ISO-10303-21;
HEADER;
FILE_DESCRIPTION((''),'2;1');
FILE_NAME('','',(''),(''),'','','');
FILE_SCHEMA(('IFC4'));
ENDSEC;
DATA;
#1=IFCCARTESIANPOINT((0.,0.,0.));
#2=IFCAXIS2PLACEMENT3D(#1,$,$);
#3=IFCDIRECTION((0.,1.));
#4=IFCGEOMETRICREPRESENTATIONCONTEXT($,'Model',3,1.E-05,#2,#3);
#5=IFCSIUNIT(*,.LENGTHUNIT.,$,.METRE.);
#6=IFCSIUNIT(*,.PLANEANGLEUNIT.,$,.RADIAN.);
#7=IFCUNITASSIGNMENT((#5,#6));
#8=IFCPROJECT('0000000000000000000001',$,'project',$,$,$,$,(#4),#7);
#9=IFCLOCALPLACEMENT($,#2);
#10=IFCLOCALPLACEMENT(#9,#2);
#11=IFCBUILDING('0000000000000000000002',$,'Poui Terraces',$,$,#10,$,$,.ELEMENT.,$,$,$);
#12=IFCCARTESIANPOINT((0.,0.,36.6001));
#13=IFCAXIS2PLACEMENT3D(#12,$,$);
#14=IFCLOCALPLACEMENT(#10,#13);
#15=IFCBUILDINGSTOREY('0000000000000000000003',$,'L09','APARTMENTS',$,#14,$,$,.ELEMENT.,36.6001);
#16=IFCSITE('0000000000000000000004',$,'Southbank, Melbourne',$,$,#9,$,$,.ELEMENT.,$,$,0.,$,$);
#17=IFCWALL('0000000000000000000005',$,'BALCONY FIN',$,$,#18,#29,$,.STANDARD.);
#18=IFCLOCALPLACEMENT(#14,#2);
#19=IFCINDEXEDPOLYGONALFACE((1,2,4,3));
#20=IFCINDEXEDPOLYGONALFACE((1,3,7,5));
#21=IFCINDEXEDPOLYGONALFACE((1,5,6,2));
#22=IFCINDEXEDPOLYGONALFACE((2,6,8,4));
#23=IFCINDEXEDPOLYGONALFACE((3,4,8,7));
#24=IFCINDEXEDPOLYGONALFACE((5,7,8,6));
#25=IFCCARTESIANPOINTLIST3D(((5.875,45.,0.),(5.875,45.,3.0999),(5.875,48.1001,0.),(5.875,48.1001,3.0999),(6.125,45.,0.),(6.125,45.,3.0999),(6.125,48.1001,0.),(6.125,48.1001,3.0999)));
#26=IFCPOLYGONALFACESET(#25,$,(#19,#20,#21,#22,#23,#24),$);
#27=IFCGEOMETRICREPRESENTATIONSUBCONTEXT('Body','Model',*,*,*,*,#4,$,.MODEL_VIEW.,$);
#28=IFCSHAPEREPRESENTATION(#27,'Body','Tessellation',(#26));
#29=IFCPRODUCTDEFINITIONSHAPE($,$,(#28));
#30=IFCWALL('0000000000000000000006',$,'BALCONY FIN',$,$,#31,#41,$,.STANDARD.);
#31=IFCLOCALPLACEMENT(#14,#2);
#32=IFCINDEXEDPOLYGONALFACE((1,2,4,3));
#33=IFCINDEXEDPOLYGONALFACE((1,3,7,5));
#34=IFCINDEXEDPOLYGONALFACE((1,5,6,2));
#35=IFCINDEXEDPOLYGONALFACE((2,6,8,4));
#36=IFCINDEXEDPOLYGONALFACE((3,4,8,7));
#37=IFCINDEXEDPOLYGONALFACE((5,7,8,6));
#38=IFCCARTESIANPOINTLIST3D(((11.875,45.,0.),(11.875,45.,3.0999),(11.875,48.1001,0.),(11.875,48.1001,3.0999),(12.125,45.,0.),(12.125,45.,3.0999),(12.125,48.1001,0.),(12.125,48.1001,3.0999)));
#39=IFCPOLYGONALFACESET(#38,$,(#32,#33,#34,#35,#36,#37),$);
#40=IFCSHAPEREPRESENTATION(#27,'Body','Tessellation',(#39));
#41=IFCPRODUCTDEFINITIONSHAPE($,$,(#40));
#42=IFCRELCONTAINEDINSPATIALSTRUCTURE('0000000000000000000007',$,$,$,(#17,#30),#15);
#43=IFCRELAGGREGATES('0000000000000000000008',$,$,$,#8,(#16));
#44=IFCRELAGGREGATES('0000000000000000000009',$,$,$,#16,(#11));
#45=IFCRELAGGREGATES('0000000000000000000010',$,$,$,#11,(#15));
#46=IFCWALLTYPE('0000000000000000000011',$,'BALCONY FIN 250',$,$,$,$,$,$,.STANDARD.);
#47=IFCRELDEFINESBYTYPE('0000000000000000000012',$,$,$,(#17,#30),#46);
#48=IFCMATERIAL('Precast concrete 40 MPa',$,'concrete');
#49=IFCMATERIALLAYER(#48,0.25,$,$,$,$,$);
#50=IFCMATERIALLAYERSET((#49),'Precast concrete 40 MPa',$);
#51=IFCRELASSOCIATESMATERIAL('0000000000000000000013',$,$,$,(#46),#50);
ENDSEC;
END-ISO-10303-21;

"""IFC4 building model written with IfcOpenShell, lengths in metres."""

from ifc_helpers import new_model, si_unit, direction, frame, origin, place, context, subcontext, project, spatial, polyline, outline, extrude, source, transform, mapped, material, layer, layer_set, type_object, element, save


model = new_model("IFC4")

# Units and contexts
model_context = context("Model", 3, precision=1e-05, world=origin(), true_north=direction((0.0, 1.0)))
body_context = subcontext(model_context, "Body", "Model", "MODEL_VIEW")
ifc_project = project(units=[si_unit("LENGTHUNIT", "METRE"), si_unit("PLANEANGLEUNIT", "RADIAN")], contexts=[model_context])

# Site, building, storey
site_placement = place(None, origin())
site = spatial("IfcSite", under=ifc_project, at=site_placement, Name="Southbank, Melbourne", CompositionType="ELEMENT", RefElevation=0.0)
building_placement = place(site_placement, origin())
building = spatial("IfcBuilding", under=site, at=building_placement, Name="Poui Terraces", CompositionType="ELEMENT")
storey_placement = place(building_placement, frame((0.0, 0.0, 36.6001)))
storey = spatial("IfcBuildingStorey", under=building, at=storey_placement, Name="L09", Description="APARTMENTS", CompositionType="ELEMENT", Elevation=36.6001)

# Walls
ifc_material_1 = material(Name="Precast concrete 40 MPa", Category="concrete")
ifc_layer_1 = layer(ifc_material_1, 0.25)
ifc_layer_set_1 = layer_set([ifc_layer_1], Name="Precast concrete 40 MPa")
wall_type_1 = type_object("IfcWallType", Name="BALCONY FIN 250", PredefinedType="STANDARD", material=ifc_layer_set_1)
shared_shape_1 = source(origin(), body_context, "Body", "SweptSolid", [
    extrude(outline(polyline([(0.0, 0.0), (0.25, 0.0), (0.25, 3.1001), (0.0, 3.1001), (0.0, 0.0)])), origin(), (0.0, 0.0, 1.0), 3.0999),
])
for number, where, name in (
    (1, (5.875, 45.0, 0.0), "BALCONY FIN"),
    (2, (11.875, 45.0, 0.0), "BALCONY FIN"),
):
    element("IfcWall", number, at=place(storey_placement, frame(where)), inside=storey, type_object=wall_type_1, Name=name, PredefinedType="STANDARD", context=body_context, shape_type="MappedRepresentation", body=[
        mapped(shared_shape_1, transform((0.0, 0.0, 0.0))),
    ])

save(model, "model.ifc")
